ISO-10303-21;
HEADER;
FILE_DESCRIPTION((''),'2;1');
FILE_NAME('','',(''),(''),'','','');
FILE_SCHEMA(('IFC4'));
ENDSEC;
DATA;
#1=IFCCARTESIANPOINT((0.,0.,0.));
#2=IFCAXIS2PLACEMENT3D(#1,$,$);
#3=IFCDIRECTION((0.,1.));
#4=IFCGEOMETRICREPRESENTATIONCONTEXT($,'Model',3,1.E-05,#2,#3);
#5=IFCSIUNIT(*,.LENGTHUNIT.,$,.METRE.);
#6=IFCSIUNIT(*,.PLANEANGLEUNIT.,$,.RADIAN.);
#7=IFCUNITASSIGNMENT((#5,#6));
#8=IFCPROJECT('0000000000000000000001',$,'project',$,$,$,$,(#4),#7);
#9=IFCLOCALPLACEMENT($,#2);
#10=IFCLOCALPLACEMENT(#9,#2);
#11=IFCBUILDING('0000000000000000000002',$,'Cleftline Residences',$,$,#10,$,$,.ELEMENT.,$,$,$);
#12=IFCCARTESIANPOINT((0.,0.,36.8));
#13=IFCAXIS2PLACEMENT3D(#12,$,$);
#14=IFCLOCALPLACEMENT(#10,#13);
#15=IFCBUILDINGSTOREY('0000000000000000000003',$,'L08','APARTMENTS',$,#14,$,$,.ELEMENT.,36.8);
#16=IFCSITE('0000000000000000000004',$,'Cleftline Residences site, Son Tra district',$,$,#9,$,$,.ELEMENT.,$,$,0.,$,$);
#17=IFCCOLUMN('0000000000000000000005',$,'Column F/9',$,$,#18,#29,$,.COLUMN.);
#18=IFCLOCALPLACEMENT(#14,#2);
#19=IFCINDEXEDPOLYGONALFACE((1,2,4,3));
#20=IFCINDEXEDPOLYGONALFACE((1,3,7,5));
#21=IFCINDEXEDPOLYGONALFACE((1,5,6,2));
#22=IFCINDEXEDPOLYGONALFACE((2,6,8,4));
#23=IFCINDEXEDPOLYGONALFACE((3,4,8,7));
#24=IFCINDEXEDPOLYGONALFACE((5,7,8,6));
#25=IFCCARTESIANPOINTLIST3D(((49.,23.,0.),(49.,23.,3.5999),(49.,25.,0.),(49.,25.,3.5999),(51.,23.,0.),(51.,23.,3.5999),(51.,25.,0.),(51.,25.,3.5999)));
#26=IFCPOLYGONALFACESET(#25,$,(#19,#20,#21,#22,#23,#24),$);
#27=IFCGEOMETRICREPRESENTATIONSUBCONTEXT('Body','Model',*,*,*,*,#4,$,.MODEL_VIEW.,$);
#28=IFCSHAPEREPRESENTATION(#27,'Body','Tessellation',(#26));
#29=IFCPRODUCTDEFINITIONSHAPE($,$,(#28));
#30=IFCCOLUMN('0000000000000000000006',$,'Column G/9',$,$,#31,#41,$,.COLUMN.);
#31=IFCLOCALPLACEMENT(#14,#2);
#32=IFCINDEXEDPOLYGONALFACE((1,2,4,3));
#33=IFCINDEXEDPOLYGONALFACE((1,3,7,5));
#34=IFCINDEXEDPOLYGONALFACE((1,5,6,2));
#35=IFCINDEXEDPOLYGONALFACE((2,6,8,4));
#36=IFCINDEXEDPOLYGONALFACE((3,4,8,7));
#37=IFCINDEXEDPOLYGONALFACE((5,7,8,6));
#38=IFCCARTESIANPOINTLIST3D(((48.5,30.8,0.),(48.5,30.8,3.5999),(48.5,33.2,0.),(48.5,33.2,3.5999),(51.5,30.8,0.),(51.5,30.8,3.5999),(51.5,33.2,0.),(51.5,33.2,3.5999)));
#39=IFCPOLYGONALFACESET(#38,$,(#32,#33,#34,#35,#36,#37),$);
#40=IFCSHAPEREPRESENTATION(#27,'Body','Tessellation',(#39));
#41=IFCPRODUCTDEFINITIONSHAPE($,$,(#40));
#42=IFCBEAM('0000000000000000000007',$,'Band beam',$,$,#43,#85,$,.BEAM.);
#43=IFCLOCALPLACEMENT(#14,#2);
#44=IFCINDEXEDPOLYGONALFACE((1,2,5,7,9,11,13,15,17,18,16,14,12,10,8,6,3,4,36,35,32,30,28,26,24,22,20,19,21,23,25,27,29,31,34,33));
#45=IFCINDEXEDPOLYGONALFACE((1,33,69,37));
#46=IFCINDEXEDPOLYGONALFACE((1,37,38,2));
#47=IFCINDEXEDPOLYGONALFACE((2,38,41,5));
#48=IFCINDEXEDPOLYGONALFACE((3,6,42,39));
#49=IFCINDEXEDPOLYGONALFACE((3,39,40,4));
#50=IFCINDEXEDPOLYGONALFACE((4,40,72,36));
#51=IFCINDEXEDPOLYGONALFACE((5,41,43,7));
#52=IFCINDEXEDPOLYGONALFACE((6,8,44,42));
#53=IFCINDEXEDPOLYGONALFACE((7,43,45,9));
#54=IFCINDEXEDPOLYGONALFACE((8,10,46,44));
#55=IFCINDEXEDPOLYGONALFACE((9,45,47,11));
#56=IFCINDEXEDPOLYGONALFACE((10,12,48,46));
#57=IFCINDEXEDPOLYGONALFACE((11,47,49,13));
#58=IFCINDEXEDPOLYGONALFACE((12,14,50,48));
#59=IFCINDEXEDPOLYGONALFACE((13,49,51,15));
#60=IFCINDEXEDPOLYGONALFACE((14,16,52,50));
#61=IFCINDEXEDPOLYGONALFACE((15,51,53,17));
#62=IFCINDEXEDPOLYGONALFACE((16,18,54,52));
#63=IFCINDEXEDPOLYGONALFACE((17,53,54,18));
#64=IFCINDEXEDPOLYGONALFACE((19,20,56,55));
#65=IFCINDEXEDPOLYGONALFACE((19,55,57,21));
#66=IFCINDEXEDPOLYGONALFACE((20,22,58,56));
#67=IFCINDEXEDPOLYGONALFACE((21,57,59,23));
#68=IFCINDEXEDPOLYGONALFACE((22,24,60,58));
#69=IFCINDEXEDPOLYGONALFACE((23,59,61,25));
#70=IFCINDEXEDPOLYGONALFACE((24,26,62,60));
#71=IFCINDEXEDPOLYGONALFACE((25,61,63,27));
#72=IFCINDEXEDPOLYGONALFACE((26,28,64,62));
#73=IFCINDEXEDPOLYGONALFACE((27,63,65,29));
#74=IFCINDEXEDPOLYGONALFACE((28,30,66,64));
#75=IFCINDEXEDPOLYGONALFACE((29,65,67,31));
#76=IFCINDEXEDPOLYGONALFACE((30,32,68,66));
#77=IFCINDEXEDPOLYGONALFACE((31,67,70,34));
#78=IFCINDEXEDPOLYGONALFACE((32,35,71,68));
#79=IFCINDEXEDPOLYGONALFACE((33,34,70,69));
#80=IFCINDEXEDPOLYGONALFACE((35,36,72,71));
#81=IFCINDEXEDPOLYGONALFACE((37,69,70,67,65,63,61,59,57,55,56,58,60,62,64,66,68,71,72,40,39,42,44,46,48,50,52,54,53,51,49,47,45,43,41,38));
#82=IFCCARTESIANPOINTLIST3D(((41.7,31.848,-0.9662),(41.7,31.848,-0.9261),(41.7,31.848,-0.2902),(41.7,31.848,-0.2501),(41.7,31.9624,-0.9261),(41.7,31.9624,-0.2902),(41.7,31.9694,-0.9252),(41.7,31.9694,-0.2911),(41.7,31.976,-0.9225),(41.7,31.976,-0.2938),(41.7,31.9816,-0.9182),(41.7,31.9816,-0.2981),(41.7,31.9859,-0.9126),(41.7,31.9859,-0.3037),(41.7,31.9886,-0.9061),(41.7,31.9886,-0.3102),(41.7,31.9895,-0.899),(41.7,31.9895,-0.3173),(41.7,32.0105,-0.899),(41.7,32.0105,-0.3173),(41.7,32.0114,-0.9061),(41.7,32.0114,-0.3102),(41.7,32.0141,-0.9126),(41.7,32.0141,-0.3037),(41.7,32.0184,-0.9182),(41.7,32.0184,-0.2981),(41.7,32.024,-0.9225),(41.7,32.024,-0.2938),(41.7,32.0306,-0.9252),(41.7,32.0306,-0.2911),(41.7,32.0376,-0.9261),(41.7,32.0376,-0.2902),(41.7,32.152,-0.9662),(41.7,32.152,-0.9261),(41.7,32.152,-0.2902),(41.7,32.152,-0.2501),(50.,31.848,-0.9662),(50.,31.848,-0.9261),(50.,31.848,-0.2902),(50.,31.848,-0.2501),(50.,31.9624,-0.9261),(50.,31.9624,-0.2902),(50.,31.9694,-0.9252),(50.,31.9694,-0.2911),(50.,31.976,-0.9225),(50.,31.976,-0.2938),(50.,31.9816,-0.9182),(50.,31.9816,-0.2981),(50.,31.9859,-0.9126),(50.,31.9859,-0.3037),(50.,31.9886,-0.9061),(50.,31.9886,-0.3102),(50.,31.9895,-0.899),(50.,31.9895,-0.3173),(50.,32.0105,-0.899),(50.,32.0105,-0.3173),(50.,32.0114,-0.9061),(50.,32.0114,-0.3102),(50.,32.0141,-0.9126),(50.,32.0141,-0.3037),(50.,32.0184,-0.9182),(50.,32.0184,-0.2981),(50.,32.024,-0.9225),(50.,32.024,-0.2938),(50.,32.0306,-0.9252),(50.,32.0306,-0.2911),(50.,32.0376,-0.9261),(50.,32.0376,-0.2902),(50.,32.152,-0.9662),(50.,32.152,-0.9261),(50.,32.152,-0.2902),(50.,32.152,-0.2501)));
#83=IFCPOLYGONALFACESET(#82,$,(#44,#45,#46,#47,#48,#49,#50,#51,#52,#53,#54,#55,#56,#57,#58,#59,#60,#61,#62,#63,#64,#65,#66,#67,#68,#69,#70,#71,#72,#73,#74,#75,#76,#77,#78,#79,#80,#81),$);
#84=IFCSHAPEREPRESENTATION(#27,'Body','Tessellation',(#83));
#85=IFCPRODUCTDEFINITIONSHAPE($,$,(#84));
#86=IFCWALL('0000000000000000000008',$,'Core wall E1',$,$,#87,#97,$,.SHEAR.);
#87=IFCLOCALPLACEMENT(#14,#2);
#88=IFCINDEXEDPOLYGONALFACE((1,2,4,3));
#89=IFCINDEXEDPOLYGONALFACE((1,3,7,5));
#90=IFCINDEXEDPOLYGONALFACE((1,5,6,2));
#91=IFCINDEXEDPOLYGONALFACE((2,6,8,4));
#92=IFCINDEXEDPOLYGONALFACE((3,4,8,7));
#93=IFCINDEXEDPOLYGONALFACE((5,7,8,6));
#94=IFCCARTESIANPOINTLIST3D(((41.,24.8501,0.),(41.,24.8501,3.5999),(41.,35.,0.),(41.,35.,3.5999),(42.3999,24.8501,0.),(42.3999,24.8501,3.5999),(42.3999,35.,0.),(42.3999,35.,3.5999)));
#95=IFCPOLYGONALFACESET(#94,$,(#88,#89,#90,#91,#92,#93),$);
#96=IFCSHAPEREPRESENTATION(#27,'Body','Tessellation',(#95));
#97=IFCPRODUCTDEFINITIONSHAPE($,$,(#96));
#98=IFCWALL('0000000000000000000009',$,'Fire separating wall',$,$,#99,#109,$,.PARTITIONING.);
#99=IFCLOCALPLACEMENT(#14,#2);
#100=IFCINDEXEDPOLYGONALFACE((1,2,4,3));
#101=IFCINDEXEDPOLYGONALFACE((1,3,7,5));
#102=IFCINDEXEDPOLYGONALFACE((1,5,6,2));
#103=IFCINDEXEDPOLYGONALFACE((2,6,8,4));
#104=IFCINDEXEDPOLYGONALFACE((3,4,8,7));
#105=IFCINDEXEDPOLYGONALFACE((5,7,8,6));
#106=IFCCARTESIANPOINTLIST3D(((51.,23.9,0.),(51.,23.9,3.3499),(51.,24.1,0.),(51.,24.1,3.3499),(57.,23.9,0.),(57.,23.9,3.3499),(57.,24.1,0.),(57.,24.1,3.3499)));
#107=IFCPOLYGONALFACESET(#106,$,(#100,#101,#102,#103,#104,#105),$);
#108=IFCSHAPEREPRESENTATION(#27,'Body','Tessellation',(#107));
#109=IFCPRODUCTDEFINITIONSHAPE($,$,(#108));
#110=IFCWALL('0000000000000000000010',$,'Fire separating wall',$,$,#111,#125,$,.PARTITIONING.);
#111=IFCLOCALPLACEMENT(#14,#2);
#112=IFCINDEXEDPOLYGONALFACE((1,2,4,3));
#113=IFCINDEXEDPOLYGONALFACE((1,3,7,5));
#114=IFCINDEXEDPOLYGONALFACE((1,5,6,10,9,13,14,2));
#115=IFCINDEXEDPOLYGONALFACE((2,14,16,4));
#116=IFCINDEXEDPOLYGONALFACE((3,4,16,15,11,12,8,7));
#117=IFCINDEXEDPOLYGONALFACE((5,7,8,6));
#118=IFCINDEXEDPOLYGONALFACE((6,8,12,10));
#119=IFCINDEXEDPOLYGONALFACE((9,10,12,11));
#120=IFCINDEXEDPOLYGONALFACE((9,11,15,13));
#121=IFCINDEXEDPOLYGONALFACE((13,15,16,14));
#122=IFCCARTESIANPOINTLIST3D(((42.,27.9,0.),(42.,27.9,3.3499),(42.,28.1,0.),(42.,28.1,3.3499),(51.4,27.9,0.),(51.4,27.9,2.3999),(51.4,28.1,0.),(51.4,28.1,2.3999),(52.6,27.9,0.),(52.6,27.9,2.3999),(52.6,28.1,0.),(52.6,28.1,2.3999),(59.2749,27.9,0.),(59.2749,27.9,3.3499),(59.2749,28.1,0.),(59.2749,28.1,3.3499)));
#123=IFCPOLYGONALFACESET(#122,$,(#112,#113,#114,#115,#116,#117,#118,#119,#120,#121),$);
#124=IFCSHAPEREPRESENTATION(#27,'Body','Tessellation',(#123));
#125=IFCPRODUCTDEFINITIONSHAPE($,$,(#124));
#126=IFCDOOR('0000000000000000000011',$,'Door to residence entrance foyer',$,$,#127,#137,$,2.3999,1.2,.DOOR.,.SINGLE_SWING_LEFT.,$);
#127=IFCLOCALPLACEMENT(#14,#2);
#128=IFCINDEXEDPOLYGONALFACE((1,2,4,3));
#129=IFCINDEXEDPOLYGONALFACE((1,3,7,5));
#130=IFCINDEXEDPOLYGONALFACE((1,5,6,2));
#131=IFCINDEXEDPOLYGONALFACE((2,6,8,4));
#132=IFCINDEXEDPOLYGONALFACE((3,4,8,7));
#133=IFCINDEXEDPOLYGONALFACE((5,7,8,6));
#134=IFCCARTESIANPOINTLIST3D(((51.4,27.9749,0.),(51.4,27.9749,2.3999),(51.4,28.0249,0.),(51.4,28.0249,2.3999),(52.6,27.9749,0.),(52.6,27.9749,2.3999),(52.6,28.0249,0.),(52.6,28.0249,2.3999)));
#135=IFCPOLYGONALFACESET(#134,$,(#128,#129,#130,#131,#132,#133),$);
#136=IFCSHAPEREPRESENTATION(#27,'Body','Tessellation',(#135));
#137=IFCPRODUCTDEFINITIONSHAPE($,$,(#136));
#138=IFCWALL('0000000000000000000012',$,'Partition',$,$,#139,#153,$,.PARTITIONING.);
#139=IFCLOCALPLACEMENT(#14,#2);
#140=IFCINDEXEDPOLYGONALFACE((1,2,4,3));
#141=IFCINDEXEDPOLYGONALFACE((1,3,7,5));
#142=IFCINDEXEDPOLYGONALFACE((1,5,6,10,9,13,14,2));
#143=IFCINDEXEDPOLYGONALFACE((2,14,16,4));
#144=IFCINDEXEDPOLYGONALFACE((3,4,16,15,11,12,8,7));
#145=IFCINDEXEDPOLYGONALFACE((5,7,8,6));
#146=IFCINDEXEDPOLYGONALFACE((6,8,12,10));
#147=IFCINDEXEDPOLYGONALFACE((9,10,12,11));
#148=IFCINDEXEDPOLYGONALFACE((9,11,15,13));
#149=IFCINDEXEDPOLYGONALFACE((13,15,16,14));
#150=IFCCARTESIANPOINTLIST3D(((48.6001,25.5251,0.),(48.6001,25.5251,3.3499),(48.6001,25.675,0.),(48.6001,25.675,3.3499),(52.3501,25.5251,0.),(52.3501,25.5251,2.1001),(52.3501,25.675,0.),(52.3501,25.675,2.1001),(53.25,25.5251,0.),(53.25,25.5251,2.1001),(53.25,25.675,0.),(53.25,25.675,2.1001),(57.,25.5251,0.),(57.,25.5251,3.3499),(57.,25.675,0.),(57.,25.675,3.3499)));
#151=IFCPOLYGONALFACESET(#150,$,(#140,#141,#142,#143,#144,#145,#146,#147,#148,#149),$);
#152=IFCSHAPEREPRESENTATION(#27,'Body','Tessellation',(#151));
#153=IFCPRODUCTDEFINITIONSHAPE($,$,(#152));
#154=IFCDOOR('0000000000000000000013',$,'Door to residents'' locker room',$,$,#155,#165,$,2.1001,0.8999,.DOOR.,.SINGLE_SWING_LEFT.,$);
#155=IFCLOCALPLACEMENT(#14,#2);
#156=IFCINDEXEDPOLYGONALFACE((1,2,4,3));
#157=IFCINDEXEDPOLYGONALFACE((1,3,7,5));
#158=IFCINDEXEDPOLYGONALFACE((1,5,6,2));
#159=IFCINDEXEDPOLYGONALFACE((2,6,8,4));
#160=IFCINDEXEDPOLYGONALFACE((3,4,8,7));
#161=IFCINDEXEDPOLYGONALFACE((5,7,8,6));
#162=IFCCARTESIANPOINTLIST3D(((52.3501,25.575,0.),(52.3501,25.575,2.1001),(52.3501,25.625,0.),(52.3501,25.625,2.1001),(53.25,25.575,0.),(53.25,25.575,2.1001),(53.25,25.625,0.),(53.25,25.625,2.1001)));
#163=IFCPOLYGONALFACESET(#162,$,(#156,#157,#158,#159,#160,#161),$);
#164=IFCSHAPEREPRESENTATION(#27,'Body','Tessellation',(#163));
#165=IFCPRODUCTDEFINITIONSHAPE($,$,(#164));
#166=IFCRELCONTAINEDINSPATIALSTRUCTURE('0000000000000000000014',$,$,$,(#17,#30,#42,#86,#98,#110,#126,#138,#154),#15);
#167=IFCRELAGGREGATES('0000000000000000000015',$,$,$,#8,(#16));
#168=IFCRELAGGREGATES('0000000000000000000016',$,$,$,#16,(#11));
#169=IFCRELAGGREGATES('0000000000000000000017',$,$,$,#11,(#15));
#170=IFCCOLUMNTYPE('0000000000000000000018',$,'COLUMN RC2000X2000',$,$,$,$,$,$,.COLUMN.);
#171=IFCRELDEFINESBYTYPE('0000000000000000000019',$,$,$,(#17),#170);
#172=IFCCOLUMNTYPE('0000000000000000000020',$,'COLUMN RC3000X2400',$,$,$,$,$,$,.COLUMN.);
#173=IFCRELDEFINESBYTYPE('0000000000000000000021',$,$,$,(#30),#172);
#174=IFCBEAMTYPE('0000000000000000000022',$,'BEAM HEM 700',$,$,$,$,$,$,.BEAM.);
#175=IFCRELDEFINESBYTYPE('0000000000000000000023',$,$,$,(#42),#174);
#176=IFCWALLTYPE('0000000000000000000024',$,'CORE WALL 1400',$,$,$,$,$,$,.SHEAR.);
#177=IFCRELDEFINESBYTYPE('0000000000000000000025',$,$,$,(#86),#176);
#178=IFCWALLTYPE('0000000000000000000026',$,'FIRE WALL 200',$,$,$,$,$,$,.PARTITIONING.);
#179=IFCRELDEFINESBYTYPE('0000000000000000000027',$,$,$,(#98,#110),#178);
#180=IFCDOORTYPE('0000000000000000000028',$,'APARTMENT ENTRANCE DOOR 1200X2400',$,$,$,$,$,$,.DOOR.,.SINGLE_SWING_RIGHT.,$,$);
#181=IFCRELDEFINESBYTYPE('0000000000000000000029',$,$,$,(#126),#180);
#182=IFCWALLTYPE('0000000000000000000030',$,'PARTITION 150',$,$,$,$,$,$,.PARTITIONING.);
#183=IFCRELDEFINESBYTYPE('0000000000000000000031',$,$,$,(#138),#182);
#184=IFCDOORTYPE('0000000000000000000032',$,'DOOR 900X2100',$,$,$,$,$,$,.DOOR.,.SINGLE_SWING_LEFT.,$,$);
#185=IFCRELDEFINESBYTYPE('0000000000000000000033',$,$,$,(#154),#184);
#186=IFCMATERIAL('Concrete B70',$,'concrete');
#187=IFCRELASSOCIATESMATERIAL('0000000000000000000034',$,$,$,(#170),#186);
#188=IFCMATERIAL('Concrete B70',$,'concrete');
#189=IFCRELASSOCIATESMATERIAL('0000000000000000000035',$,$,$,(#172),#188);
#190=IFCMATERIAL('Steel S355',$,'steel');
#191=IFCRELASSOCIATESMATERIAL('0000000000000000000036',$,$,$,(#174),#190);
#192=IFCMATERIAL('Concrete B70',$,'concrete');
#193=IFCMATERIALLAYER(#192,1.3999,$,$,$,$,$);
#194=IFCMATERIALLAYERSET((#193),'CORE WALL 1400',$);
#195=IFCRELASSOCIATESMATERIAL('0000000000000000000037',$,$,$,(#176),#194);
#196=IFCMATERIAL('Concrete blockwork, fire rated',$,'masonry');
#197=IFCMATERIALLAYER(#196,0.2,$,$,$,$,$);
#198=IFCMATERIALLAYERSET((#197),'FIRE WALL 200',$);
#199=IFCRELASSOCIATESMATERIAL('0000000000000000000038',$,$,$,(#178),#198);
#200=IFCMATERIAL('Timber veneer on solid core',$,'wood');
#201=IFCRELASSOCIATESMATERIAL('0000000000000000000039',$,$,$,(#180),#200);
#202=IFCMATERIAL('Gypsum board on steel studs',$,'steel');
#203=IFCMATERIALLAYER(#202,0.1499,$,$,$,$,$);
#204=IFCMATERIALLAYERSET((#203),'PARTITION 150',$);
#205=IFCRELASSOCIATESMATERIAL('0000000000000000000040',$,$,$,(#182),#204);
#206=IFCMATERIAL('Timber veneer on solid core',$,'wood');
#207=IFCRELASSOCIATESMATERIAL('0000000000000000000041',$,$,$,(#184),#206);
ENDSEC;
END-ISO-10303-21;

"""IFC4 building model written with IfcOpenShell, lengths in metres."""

from ifc_helpers import new_model, si_unit, direction, frame, frame_2d, origin, origin_2d, place, context, subcontext, project, spatial, rectangle, i_section, extrude, material, layer, layer_set, material_profile, profile_set, type_object, element, fill, save


model = new_model("IFC4")

# Units and contexts
model_context = context("Model", 3, precision=1e-05, world=origin(), true_north=direction((0.0, 1.0)))
body_context = subcontext(model_context, "Body", "Model", "MODEL_VIEW")
ifc_project = project(units=[si_unit("LENGTHUNIT", "METRE"), si_unit("PLANEANGLEUNIT", "RADIAN")], contexts=[model_context])

# Site, building, storey
site_placement = place(None, origin())
site = spatial("IfcSite", under=ifc_project, at=site_placement, Name="Cleftline Residences site, Son Tra district", CompositionType="ELEMENT", RefElevation=0.0)
building_placement = place(site_placement, origin())
building = spatial("IfcBuilding", under=site, at=building_placement, Name="Cleftline Residences", CompositionType="ELEMENT")
storey_placement = place(building_placement, frame((0.0, 0.0, 36.8)))
storey = spatial("IfcBuildingStorey", under=building, at=storey_placement, Name="L08", Description="APARTMENTS", CompositionType="ELEMENT", Elevation=36.8)

# Columns
ifc_material_1 = material(Name="Concrete B70", Category="concrete")
ifc_material_profile_1 = material_profile(ifc_material_1, rectangle(XDim=2.0, YDim=2.0, at=origin_2d()))
ifc_profile_set_1 = profile_set([ifc_material_profile_1], Name="Concrete B70")
column_type_1 = type_object("IfcColumnType", Name="COLUMN RC2000X2000", PredefinedType="COLUMN", material=ifc_profile_set_1)
column_1_placement = place(storey_placement, frame((50.0, 24.0, 0.0), z_axis=(0.0, 0.0, 1.0), x_axis=(1.0, 0.0, 0.0)))
element("IfcColumn", 1, at=column_1_placement, inside=storey, type_object=column_type_1, Name="Column F/9", PredefinedType="COLUMN", context=body_context, shape_type="SweptSolid", body=[
    extrude(rectangle(XDim=2.0, YDim=2.0, at=origin_2d()), origin(), (0.0, 0.0, 1.0), 3.5999),
])
ifc_material_2 = material(Name="Concrete B70", Category="concrete")
ifc_material_profile_2 = material_profile(ifc_material_2, rectangle(XDim=3.0, YDim=2.3999, at=origin_2d()))
ifc_profile_set_2 = profile_set([ifc_material_profile_2], Name="Concrete B70")
column_type_2 = type_object("IfcColumnType", Name="COLUMN RC3000X2400", PredefinedType="COLUMN", material=ifc_profile_set_2)
column_2_placement = place(storey_placement, frame((50.0, 32.0, 0.0), z_axis=(0.0, 0.0, 1.0), x_axis=(1.0, 0.0, 0.0)))
element("IfcColumn", 2, at=column_2_placement, inside=storey, type_object=column_type_2, Name="Column G/9", PredefinedType="COLUMN", context=body_context, shape_type="SweptSolid", body=[
    extrude(rectangle(XDim=3.0, YDim=2.3999, at=origin_2d()), origin(), (0.0, 0.0, 1.0), 3.5999),
])

# Beam
ifc_material_3 = material(Name="Steel S355", Category="steel")
ifc_material_profile_3 = material_profile(ifc_material_3, i_section(OverallWidth=0.304, OverallDepth=0.7161, WebThickness=0.021, FlangeThickness=0.04, FilletRadius=0.0271, at=origin_2d()))
ifc_profile_set_3 = profile_set([ifc_material_profile_3], Name="Steel S355")
beam_type = type_object("IfcBeamType", Name="BEAM HEM 700", PredefinedType="BEAM", material=ifc_profile_set_3)
beam_placement = place(storey_placement, frame((50.0, 32.0, -0.6082), z_axis=(-1.0, 0.0, 0.0), x_axis=(0.0, -1.0, 0.0)))
element("IfcBeam", 3, at=beam_placement, inside=storey, type_object=beam_type, Name="Band beam", PredefinedType="BEAM", context=body_context, shape_type="SweptSolid", body=[
    extrude(i_section(OverallWidth=0.304, OverallDepth=0.7161, WebThickness=0.021, FlangeThickness=0.04, FilletRadius=0.0271, at=origin_2d()), origin(), (0.0, 0.0, 1.0), 8.3),
])

# Walls
ifc_material_4 = material(Name="Concrete B70", Category="concrete")
ifc_layer_1 = layer(ifc_material_4, 1.3999)
ifc_layer_set_1 = layer_set([ifc_layer_1], Name="CORE WALL 1400")
wall_type_1 = type_object("IfcWallType", Name="CORE WALL 1400", PredefinedType="SHEAR", material=ifc_layer_set_1)
wall_1_placement = place(storey_placement, frame((41.7, 24.8501, 0.0), z_axis=(0.0, 0.0, 1.0), x_axis=(0.0, 1.0, 0.0)))
element("IfcWall", 4, at=wall_1_placement, inside=storey, type_object=wall_type_1, Name="Core wall E1", PredefinedType="SHEAR", context=body_context, shape_type="SweptSolid", body=[
    extrude(rectangle(XDim=10.1499, YDim=1.3999, at=frame_2d((5.075, 0.0))), origin(), (0.0, 0.0, 1.0), 3.5999),
])
ifc_material_5 = material(Name="Concrete blockwork, fire rated", Category="masonry")
ifc_layer_2 = layer(ifc_material_5, 0.2)
ifc_layer_set_2 = layer_set([ifc_layer_2], Name="FIRE WALL 200")
wall_type_2 = type_object("IfcWallType", Name="FIRE WALL 200", PredefinedType="PARTITIONING", material=ifc_layer_set_2)
wall_2_placement = place(storey_placement, frame((51.0, 24.0, 0.0), z_axis=(0.0, 0.0, 1.0), x_axis=(1.0, 0.0, 0.0)))
element("IfcWall", 5, at=wall_2_placement, inside=storey, type_object=wall_type_2, Name="Fire separating wall", PredefinedType="PARTITIONING", context=body_context, shape_type="SweptSolid", body=[
    extrude(rectangle(XDim=6.0, YDim=0.2, at=frame_2d((3.0, 0.0))), origin(), (0.0, 0.0, 1.0), 3.3499),
])

# Walls, openings, doors
wall_3_placement = place(storey_placement, frame((42.0, 28.0, 0.0), z_axis=(0.0, 0.0, 1.0), x_axis=(1.0, 0.0, 0.0)))
wall_3 = element("IfcWall", 6, at=wall_3_placement, inside=storey, type_object=wall_type_2, Name="Fire separating wall", PredefinedType="PARTITIONING", context=body_context, shape_type="SweptSolid", body=[
    extrude(rectangle(XDim=17.2749, YDim=0.2, at=frame_2d((8.6375, 0.0))), origin(), (0.0, 0.0, 1.0), 3.3499),
])
opening_1_placement = place(wall_3_placement, frame((9.3999, 0.0, 0.0)))
opening_1 = element("IfcOpeningElement", 7, at=opening_1_placement, cuts=wall_3, PredefinedType="OPENING", context=body_context, shape_type="SweptSolid", body=[
    extrude(rectangle(XDim=1.2, YDim=2.3999, at=frame_2d((0.6001, 1.2))), frame((0.0, 0.1099, 0.0), z_axis=(0.0, -1.0, 0.0), x_axis=(1.0, 0.0, 0.0)), (0.0, 0.0, 1.0), 0.22),
])
ifc_material_6 = material(Name="Timber veneer on solid core", Category="wood")
door_type_1 = type_object("IfcDoorType", Name="APARTMENT ENTRANCE DOOR 1200X2400", OperationType="SINGLE_SWING_RIGHT", PredefinedType="DOOR", material=ifc_material_6)
door_1_placement = place(opening_1_placement, origin())
door_1 = element("IfcDoor", 8, at=door_1_placement, inside=storey, type_object=door_type_1, Name="Door to residence entrance foyer", OperationType="SINGLE_SWING_LEFT", OverallHeight=2.3999, OverallWidth=1.2, PredefinedType="DOOR", context=body_context, shape_type="SweptSolid", body=[
    extrude(rectangle(XDim=1.2, YDim=2.3999, at=frame_2d((0.6001, 1.2))), frame((0.0, 0.0249, 0.0), z_axis=(0.0, -1.0, 0.0), x_axis=(1.0, 0.0, 0.0)), (0.0, 0.0, 1.0), 0.05),
])
fill(opening_1, door_1)
ifc_material_7 = material(Name="Gypsum board on steel studs", Category="steel")
ifc_layer_3 = layer(ifc_material_7, 0.1499)
ifc_layer_set_3 = layer_set([ifc_layer_3], Name="PARTITION 150")
wall_type_3 = type_object("IfcWallType", Name="PARTITION 150", PredefinedType="PARTITIONING", material=ifc_layer_set_3)
wall_4_placement = place(storey_placement, frame((48.6001, 25.6001, 0.0), z_axis=(0.0, 0.0, 1.0), x_axis=(1.0, 0.0, 0.0)))
wall_4 = element("IfcWall", 9, at=wall_4_placement, inside=storey, type_object=wall_type_3, Name="Partition", PredefinedType="PARTITIONING", context=body_context, shape_type="SweptSolid", body=[
    extrude(rectangle(XDim=8.3999, YDim=0.1499, at=frame_2d((4.2, 0.0))), origin(), (0.0, 0.0, 1.0), 3.3499),
])
opening_2_placement = place(wall_4_placement, frame((3.75, 0.0, 0.0)))
opening_2 = element("IfcOpeningElement", 10, at=opening_2_placement, cuts=wall_4, PredefinedType="OPENING", context=body_context, shape_type="SweptSolid", body=[
    extrude(rectangle(XDim=0.8999, YDim=2.1001, at=frame_2d((0.45, 1.05))), frame((0.0, 0.085, 0.0), z_axis=(0.0, -1.0, 0.0), x_axis=(1.0, 0.0, 0.0)), (0.0, 0.0, 1.0), 0.1699),
])
ifc_material_8 = material(Name="Timber veneer on solid core", Category="wood")
door_type_2 = type_object("IfcDoorType", Name="DOOR 900X2100", OperationType="SINGLE_SWING_LEFT", PredefinedType="DOOR", material=ifc_material_8)
door_2_placement = place(opening_2_placement, origin())
door_2 = element("IfcDoor", 11, at=door_2_placement, inside=storey, type_object=door_type_2, Name="Door to residents' locker room", OperationType="SINGLE_SWING_LEFT", OverallHeight=2.1001, OverallWidth=0.8999, PredefinedType="DOOR", context=body_context, shape_type="SweptSolid", body=[
    extrude(rectangle(XDim=0.8999, YDim=2.1001, at=frame_2d((0.45, 1.05))), frame((0.0, 0.0249, 0.0), z_axis=(0.0, -1.0, 0.0), x_axis=(1.0, 0.0, 0.0)), (0.0, 0.0, 1.0), 0.05),
])
fill(opening_2, door_2)

save(model, "model.ifc")
